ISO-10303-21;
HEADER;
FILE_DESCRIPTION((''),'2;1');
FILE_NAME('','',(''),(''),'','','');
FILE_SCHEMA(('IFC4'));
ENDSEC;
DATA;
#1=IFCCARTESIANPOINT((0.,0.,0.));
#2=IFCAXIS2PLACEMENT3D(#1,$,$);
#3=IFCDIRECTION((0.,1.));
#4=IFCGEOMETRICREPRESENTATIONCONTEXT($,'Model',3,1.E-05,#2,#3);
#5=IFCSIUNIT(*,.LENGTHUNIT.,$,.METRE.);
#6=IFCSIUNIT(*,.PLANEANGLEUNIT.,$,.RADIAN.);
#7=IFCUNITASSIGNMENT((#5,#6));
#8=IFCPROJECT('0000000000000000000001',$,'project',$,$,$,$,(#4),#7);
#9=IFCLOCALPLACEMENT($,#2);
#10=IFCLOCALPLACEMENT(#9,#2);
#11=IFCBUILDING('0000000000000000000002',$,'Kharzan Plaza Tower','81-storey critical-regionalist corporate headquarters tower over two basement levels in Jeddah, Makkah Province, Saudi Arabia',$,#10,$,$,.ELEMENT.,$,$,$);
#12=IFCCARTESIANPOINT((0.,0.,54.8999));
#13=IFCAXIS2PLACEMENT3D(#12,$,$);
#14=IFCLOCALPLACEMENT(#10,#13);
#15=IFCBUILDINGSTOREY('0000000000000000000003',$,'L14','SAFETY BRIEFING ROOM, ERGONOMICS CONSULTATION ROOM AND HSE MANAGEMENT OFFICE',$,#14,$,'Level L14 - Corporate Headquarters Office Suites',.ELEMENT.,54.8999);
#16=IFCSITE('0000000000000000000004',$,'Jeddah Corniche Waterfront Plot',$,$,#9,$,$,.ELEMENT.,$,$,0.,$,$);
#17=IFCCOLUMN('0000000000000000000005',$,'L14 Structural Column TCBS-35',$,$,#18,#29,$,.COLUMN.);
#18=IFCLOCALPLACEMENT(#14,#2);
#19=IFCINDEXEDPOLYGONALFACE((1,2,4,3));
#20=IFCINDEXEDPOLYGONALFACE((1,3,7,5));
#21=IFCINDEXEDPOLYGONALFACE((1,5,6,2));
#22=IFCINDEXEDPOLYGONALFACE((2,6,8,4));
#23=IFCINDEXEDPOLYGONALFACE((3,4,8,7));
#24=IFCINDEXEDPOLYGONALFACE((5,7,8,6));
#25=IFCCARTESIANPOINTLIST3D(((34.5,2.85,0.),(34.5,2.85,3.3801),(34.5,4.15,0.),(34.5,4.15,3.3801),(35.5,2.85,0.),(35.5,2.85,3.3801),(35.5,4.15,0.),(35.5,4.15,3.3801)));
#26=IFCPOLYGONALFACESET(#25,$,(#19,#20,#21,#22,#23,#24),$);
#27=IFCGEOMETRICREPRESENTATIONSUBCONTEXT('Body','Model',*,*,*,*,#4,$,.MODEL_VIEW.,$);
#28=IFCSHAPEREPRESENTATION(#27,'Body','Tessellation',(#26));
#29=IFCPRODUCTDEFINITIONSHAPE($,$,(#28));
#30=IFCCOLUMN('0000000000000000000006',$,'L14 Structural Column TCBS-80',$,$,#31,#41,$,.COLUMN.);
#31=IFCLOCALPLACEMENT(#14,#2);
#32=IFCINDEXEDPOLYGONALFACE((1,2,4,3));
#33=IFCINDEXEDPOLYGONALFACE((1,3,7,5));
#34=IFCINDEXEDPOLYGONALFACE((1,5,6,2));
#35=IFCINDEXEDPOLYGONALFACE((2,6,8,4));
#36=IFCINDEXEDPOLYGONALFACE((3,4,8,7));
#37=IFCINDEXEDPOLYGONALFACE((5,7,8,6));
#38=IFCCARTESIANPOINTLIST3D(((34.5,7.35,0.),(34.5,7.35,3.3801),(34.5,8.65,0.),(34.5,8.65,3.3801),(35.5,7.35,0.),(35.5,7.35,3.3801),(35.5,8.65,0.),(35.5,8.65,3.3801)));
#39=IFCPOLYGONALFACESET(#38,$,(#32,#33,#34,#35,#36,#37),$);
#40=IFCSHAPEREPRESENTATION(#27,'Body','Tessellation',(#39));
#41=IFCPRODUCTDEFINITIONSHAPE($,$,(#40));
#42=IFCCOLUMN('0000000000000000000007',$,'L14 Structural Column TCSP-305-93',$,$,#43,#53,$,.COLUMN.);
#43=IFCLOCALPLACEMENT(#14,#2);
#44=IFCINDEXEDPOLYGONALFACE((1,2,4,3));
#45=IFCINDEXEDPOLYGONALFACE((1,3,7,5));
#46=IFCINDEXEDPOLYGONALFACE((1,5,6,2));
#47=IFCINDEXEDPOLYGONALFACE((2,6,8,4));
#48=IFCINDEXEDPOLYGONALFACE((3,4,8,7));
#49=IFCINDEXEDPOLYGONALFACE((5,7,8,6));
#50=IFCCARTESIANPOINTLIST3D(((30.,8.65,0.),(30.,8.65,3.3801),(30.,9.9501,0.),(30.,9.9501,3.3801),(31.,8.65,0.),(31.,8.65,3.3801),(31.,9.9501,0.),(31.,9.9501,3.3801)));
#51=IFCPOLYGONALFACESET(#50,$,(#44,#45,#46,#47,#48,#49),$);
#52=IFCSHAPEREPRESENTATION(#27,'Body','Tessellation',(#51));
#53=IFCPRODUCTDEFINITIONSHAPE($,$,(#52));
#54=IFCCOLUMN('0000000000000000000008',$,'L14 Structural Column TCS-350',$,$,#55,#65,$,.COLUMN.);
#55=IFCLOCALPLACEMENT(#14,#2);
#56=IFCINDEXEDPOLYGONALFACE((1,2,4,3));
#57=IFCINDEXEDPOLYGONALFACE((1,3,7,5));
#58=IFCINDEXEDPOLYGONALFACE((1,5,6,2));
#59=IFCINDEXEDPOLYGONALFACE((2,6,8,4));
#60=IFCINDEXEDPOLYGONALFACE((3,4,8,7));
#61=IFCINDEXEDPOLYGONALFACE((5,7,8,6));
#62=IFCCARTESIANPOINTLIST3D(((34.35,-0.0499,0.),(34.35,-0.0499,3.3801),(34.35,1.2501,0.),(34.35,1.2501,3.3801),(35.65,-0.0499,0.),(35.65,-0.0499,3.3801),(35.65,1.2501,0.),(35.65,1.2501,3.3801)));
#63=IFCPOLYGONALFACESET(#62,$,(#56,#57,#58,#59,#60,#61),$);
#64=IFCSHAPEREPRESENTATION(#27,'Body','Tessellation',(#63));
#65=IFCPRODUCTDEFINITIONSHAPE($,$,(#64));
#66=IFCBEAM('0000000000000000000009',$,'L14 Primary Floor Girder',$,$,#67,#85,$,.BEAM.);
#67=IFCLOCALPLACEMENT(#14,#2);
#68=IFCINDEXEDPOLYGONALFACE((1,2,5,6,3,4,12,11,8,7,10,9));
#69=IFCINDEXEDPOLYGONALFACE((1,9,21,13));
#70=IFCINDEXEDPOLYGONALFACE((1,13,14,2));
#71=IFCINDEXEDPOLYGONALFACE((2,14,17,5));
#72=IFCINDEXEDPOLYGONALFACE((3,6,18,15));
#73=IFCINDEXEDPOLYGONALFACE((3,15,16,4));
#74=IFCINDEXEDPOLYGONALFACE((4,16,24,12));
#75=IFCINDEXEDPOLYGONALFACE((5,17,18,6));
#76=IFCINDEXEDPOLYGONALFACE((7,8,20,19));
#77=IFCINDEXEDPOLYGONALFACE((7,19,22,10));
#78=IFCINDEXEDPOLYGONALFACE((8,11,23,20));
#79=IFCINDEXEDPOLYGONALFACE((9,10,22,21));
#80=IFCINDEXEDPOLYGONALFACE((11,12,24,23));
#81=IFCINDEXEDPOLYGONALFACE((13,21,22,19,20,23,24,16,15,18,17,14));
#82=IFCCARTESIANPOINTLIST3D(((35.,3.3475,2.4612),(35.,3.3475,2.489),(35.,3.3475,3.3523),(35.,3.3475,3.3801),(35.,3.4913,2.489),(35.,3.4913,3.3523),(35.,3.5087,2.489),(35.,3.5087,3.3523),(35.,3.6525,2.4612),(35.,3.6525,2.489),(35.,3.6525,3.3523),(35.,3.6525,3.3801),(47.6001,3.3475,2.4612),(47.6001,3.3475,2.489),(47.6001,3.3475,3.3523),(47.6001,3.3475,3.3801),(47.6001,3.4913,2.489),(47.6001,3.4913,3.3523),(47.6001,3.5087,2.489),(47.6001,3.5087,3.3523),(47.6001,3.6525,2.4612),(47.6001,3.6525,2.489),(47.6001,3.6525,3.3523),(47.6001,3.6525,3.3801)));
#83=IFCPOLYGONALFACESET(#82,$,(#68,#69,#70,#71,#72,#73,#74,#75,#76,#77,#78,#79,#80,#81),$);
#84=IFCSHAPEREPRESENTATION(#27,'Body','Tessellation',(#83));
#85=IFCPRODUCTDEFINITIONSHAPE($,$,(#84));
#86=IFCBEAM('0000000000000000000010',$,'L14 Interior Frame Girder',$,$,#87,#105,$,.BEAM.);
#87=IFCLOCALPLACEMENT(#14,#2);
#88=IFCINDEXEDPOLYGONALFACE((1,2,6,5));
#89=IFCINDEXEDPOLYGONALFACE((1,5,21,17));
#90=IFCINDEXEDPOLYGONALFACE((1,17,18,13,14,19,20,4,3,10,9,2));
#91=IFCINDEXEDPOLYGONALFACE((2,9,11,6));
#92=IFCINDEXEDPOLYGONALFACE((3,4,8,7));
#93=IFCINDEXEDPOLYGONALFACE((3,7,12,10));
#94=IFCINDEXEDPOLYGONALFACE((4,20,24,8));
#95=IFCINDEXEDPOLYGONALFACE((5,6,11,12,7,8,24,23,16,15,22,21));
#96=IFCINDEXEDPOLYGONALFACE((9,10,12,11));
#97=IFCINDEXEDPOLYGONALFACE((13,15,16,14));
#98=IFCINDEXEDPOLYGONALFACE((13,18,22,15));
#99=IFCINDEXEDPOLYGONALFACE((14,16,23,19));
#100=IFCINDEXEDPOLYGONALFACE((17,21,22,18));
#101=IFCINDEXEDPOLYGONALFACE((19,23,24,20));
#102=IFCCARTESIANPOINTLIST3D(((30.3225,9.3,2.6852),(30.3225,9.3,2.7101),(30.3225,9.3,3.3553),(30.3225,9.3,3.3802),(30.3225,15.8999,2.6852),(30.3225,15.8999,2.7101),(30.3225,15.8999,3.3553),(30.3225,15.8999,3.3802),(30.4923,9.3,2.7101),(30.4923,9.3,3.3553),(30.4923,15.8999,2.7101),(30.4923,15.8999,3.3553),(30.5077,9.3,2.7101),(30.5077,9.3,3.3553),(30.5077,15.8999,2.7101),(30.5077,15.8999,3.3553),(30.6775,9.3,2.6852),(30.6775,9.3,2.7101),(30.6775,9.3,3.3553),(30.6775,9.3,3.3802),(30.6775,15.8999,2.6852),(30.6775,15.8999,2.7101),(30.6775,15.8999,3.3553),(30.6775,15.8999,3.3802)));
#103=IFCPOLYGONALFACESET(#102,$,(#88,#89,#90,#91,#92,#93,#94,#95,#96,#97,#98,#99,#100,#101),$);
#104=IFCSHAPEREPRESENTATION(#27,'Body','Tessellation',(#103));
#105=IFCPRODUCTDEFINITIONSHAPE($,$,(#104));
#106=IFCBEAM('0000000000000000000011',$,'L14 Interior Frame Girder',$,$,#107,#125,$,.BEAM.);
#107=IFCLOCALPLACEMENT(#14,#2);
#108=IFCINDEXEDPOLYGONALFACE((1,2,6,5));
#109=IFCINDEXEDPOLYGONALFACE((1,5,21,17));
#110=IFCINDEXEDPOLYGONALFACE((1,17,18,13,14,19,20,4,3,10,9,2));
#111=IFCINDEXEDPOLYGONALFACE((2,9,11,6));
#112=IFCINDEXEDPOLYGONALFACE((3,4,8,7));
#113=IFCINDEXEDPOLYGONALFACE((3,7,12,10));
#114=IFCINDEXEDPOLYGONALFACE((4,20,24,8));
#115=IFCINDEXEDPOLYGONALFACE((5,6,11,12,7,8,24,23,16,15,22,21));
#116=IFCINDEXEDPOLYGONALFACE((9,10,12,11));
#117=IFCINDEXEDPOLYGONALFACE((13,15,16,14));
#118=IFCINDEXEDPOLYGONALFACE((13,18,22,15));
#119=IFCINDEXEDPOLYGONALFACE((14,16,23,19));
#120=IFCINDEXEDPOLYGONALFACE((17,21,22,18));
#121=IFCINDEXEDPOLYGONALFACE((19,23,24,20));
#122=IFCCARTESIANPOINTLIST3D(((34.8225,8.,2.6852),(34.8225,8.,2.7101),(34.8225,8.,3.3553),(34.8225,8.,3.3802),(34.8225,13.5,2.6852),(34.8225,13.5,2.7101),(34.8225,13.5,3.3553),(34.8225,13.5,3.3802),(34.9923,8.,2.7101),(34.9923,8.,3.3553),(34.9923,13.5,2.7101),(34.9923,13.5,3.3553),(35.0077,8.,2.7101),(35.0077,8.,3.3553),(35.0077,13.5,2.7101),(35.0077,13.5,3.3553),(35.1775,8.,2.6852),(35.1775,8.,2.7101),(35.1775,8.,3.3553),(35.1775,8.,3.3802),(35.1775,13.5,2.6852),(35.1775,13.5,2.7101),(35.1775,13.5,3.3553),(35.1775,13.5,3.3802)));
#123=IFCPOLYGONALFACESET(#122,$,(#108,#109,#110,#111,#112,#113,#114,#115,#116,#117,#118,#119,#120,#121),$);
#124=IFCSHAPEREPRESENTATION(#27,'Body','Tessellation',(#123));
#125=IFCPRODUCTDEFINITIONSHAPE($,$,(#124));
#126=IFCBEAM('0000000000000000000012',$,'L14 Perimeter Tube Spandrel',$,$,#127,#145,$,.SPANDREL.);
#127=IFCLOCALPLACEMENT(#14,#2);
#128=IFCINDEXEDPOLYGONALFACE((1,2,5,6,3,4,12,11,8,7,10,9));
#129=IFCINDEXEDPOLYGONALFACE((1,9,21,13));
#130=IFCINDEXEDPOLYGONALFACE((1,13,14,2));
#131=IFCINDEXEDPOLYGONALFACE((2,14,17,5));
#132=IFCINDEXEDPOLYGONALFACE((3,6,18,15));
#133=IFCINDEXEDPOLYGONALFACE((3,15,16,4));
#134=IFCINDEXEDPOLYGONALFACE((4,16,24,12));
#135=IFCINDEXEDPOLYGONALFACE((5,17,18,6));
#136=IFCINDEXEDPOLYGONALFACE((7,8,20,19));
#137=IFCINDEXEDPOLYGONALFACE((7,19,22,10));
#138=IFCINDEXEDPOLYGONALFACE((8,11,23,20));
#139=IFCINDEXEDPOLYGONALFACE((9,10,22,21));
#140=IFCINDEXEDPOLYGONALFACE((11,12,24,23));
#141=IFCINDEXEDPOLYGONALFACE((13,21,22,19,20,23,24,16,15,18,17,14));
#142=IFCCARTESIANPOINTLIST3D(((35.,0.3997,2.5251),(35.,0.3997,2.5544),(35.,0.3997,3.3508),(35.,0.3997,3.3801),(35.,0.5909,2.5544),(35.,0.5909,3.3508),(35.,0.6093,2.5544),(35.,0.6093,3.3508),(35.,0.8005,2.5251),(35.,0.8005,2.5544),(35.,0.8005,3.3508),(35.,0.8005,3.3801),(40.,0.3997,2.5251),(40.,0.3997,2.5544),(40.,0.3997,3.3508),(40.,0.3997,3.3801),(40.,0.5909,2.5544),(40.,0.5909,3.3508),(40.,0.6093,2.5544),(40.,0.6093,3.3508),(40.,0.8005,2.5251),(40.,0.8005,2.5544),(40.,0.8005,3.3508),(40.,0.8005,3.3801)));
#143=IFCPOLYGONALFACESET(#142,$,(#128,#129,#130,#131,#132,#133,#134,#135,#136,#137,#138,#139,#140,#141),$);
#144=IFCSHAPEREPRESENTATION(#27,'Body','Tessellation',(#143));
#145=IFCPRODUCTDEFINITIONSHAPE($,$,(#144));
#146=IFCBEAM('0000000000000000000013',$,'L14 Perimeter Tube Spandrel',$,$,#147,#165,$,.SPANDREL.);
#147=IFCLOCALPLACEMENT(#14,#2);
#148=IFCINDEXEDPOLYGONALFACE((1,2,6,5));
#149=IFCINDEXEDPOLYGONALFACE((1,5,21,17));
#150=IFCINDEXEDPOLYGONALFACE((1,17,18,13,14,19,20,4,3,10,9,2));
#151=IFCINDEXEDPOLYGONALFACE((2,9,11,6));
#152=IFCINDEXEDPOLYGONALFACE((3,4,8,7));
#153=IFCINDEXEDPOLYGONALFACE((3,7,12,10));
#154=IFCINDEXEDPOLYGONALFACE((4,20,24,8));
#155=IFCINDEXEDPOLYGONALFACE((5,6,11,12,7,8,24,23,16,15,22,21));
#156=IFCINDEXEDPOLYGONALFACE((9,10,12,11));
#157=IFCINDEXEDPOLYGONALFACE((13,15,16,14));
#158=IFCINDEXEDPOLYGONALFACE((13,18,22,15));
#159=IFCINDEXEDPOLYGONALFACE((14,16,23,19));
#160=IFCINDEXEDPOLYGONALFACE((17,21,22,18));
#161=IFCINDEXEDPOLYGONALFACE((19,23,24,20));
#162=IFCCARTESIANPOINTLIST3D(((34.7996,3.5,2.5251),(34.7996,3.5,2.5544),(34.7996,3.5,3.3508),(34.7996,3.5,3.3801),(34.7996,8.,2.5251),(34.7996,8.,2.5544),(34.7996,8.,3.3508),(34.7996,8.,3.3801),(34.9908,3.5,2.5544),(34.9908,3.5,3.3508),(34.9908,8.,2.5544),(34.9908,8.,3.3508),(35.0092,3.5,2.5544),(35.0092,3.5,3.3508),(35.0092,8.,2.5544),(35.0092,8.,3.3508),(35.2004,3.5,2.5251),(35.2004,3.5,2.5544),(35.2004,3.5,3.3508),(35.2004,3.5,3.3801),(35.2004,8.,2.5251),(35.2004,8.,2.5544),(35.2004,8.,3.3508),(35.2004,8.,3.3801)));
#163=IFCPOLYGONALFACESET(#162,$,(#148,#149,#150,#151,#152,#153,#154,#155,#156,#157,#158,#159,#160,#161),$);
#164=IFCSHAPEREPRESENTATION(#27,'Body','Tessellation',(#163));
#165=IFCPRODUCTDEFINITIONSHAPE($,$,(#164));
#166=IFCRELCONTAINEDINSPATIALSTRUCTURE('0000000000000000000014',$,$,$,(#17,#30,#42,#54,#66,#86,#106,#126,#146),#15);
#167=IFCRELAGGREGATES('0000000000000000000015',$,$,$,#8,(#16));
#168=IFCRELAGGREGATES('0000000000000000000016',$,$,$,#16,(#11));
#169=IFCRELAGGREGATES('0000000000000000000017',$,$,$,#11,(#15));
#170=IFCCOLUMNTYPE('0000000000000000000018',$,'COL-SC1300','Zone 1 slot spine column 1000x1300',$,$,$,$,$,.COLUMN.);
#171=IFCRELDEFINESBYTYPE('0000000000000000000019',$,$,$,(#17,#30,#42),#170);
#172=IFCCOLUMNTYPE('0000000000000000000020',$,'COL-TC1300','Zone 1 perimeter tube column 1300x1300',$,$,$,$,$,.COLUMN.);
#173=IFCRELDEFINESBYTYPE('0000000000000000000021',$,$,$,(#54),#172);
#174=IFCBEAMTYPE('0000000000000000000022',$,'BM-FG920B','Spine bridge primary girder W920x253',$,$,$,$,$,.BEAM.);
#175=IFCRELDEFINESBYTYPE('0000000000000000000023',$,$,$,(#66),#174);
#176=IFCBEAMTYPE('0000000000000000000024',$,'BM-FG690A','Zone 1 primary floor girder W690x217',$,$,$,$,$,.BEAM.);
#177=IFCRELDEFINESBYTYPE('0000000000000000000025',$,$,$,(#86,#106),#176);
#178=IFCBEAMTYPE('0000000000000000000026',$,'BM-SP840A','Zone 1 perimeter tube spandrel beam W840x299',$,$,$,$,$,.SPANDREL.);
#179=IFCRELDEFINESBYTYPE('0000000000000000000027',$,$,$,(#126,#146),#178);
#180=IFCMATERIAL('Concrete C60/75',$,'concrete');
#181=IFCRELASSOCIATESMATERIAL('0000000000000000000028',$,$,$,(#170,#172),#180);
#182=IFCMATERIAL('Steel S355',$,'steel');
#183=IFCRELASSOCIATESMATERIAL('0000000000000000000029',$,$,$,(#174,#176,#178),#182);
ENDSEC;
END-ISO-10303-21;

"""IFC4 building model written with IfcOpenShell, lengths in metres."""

from ifc_helpers import new_model, si_unit, direction, frame, origin, origin_2d, place, context, subcontext, project, spatial, rectangle, i_section, extrude, source, transform, mapped, material, material_profile, profile_set, type_object, element, save


model = new_model("IFC4")

# Units and contexts
model_context = context("Model", 3, precision=1e-05, world=origin(), true_north=direction((0.0, 1.0)))
body_context = subcontext(model_context, "Body", "Model", "MODEL_VIEW")
ifc_project = project(units=[si_unit("LENGTHUNIT", "METRE"), si_unit("PLANEANGLEUNIT", "RADIAN")], contexts=[model_context])

# Site, building, storey
site_placement = place(None, origin())
site = spatial("IfcSite", under=ifc_project, at=site_placement, Name="Jeddah Corniche Waterfront Plot", CompositionType="ELEMENT", RefElevation=0.0)
building_placement = place(site_placement, origin())
building = spatial("IfcBuilding", under=site, at=building_placement, Name="Kharzan Plaza Tower", Description="81-storey critical-regionalist corporate headquarters tower over two basement levels in Jeddah, Makkah Province, Saudi Arabia", CompositionType="ELEMENT")
storey_placement = place(building_placement, frame((0.0, 0.0, 54.8999)))
storey = spatial("IfcBuildingStorey", under=building, at=storey_placement, Name="L14", Description="SAFETY BRIEFING ROOM, ERGONOMICS CONSULTATION ROOM AND HSE MANAGEMENT OFFICE", LongName="Level L14 - Corporate Headquarters Office Suites", CompositionType="ELEMENT", Elevation=54.8999)

# Columns
ifc_material_1 = material(Name="Concrete C60/75", Category="concrete")
ifc_material_profile_1 = material_profile(ifc_material_1, rectangle(XDim=1.0, YDim=1.3, at=origin_2d()), Name="RC-SC1300x1000")
ifc_profile_set_1 = profile_set([ifc_material_profile_1], Name="Concrete C60/75")
column_type_1 = type_object("IfcColumnType", Name="COL-SC1300", Description="Zone 1 slot spine column 1000x1300", PredefinedType="COLUMN", material=ifc_profile_set_1)
shared_shape_1 = source(origin(), body_context, "Body", "SweptSolid", [
    extrude(rectangle(XDim=1.0, YDim=1.3, at=origin_2d()), origin(), (0.0, 0.0, 1.0), 3.3801),
])
for number, where, z_axis, x_axis, name in (
    (1, (35.0, 3.5, 0.0), (0.0, 0.0, 1.0), (1.0, 0.0, 0.0), "L14 Structural Column TCBS-35"),
    (2, (35.0, 8.0, 0.0), (0.0, 0.0, 1.0), (1.0, 0.0, 0.0), "L14 Structural Column TCBS-80"),
    (3, (30.5, 9.3, 0.0), (0.0, 0.0, 1.0), (1.0, 0.0, 0.0), "L14 Structural Column TCSP-305-93"),
):
    element("IfcColumn", number, at=place(storey_placement, frame(where, z_axis=z_axis, x_axis=x_axis)), inside=storey, type_object=column_type_1, Name=name, PredefinedType="COLUMN", context=body_context, shape_type="MappedRepresentation", body=[
        mapped(shared_shape_1, transform((0.0, 0.0, 0.0), x_axis=(1.0, 0.0, 0.0), y_axis=(0.0, 1.0, 0.0), z_axis=(0.0, 0.0, 1.0))),
    ])
ifc_material_profile_2 = material_profile(ifc_material_1, rectangle(XDim=1.3, YDim=1.3, at=origin_2d()), Name="RC-TC1300x1300")
ifc_profile_set_2 = profile_set([ifc_material_profile_2], Name="Concrete C60/75")
column_type_2 = type_object("IfcColumnType", Name="COL-TC1300", Description="Zone 1 perimeter tube column 1300x1300", PredefinedType="COLUMN", material=ifc_profile_set_2)
shared_shape_2 = source(origin(), body_context, "Body", "SweptSolid", [
    extrude(rectangle(XDim=1.3, YDim=1.3, at=origin_2d()), origin(), (0.0, 0.0, 1.0), 3.3801),
])
column_placement = place(storey_placement, frame((35.0, 0.6001, 0.0), z_axis=(0.0, 0.0, 1.0), x_axis=(1.0, 0.0, 0.0)))
element("IfcColumn", 4, at=column_placement, inside=storey, type_object=column_type_2, Name="L14 Structural Column TCS-350", PredefinedType="COLUMN", context=body_context, shape_type="MappedRepresentation", body=[
    mapped(shared_shape_2, transform((0.0, 0.0, 0.0), x_axis=(1.0, 0.0, 0.0), y_axis=(0.0, 1.0, 0.0), z_axis=(0.0, 0.0, 1.0))),
])

# Beams
ifc_material_2 = material(Name="Steel S355", Category="steel")
ifc_material_profile_3 = material_profile(ifc_material_2, i_section(OverallWidth=0.3049, OverallDepth=0.9189, WebThickness=0.0173, FlangeThickness=0.0278, at=origin_2d()), Name="W920x253")
ifc_profile_set_3 = profile_set([ifc_material_profile_3], Name="Steel S355")
beam_type_1 = type_object("IfcBeamType", Name="BM-FG920B", Description="Spine bridge primary girder W920x253", PredefinedType="BEAM", material=ifc_profile_set_3)
shared_shape_3 = source(origin(), body_context, "Body", "SweptSolid", [
    extrude(i_section(OverallWidth=0.3049, OverallDepth=0.9189, WebThickness=0.0173, FlangeThickness=0.0278, at=origin_2d()), origin(), (0.0, 0.0, 1.0), 12.6001),
])
beam_1_placement = place(storey_placement, frame((35.0, 3.5, 2.9207), z_axis=(1.0, 0.0, 0.0), x_axis=(0.0, 1.0, 0.0)))
element("IfcBeam", 5, at=beam_1_placement, inside=storey, type_object=beam_type_1, Name="L14 Primary Floor Girder", PredefinedType="BEAM", context=body_context, shape_type="MappedRepresentation", body=[
    mapped(shared_shape_3, transform((0.0, 0.0, 0.0), x_axis=(1.0, 0.0, 0.0), y_axis=(0.0, 1.0, 0.0), z_axis=(0.0, 0.0, 1.0))),
])
ifc_material_profile_4 = material_profile(ifc_material_2, i_section(OverallWidth=0.355, OverallDepth=0.6951, WebThickness=0.0154, FlangeThickness=0.0249, at=origin_2d()), Name="W690x217")
ifc_profile_set_4 = profile_set([ifc_material_profile_4], Name="Steel S355")
beam_type_2 = type_object("IfcBeamType", Name="BM-FG690A", Description="Zone 1 primary floor girder W690x217", PredefinedType="BEAM", material=ifc_profile_set_4)
shared_shape_4 = source(origin(), body_context, "Body", "SweptSolid", [
    extrude(i_section(OverallWidth=0.355, OverallDepth=0.6951, WebThickness=0.0154, FlangeThickness=0.0249, at=origin_2d()), origin(), (0.0, 0.0, 1.0), 6.5999),
])
beam_2_placement = place(storey_placement, frame((30.5, 9.3, 3.0327), z_axis=(0.0, 1.0, 0.0), x_axis=(-1.0, 0.0, 0.0)))
element("IfcBeam", 6, at=beam_2_placement, inside=storey, type_object=beam_type_2, Name="L14 Interior Frame Girder", PredefinedType="BEAM", context=body_context, shape_type="MappedRepresentation", body=[
    mapped(shared_shape_4, transform((0.0, 0.0, 0.0), x_axis=(1.0, 0.0, 0.0), y_axis=(0.0, 1.0, 0.0), z_axis=(0.0, 0.0, 1.0))),
])
shared_shape_5 = source(origin(), body_context, "Body", "SweptSolid", [
    extrude(i_section(OverallWidth=0.355, OverallDepth=0.6951, WebThickness=0.0154, FlangeThickness=0.0249, at=origin_2d()), origin(), (0.0, 0.0, 1.0), 5.5),
])
beam_3_placement = place(storey_placement, frame((35.0, 8.0, 3.0327), z_axis=(0.0, 1.0, 0.0), x_axis=(-1.0, 0.0, 0.0)))
element("IfcBeam", 7, at=beam_3_placement, inside=storey, type_object=beam_type_2, Name="L14 Interior Frame Girder", PredefinedType="BEAM", context=body_context, shape_type="MappedRepresentation", body=[
    mapped(shared_shape_5, transform((0.0, 0.0, 0.0), x_axis=(1.0, 0.0, 0.0), y_axis=(0.0, 1.0, 0.0), z_axis=(0.0, 0.0, 1.0))),
])
ifc_material_profile_5 = material_profile(ifc_material_2, i_section(OverallWidth=0.4009, OverallDepth=0.855, WebThickness=0.0183, FlangeThickness=0.0293, at=origin_2d()), Name="W840x299")
ifc_profile_set_5 = profile_set([ifc_material_profile_5], Name="Steel S355")
beam_type_3 = type_object("IfcBeamType", Name="BM-SP840A", Description="Zone 1 perimeter tube spandrel beam W840x299", PredefinedType="SPANDREL", material=ifc_profile_set_5)
shared_shape_6 = source(origin(), body_context, "Body", "SweptSolid", [
    extrude(i_section(OverallWidth=0.4009, OverallDepth=0.855, WebThickness=0.0183, FlangeThickness=0.0293, at=origin_2d()), origin(), (0.0, 0.0, 1.0), 5.0),
])
beam_4_placement = place(storey_placement, frame((35.0, 0.6001, 2.9526), z_axis=(1.0, 0.0, 0.0), x_axis=(0.0, 1.0, 0.0)))
element("IfcBeam", 8, at=beam_4_placement, inside=storey, type_object=beam_type_3, Name="L14 Perimeter Tube Spandrel", PredefinedType="SPANDREL", context=body_context, shape_type="MappedRepresentation", body=[
    mapped(shared_shape_6, transform((0.0, 0.0, 0.0), x_axis=(1.0, 0.0, 0.0), y_axis=(0.0, 1.0, 0.0), z_axis=(0.0, 0.0, 1.0))),
])
shared_shape_7 = source(origin(), body_context, "Body", "SweptSolid", [
    extrude(i_section(OverallWidth=0.4009, OverallDepth=0.855, WebThickness=0.0183, FlangeThickness=0.0293, at=origin_2d()), origin(), (0.0, 0.0, 1.0), 4.5),
])
beam_5_placement = place(storey_placement, frame((35.0, 3.5, 2.9526), z_axis=(0.0, 1.0, 0.0), x_axis=(-1.0, 0.0, 0.0)))
element("IfcBeam", 9, at=beam_5_placement, inside=storey, type_object=beam_type_3, Name="L14 Perimeter Tube Spandrel", PredefinedType="SPANDREL", context=body_context, shape_type="MappedRepresentation", body=[
    mapped(shared_shape_7, transform((0.0, 0.0, 0.0), x_axis=(1.0, 0.0, 0.0), y_axis=(0.0, 1.0, 0.0), z_axis=(0.0, 0.0, 1.0))),
])

save(model, "model.ifc")
